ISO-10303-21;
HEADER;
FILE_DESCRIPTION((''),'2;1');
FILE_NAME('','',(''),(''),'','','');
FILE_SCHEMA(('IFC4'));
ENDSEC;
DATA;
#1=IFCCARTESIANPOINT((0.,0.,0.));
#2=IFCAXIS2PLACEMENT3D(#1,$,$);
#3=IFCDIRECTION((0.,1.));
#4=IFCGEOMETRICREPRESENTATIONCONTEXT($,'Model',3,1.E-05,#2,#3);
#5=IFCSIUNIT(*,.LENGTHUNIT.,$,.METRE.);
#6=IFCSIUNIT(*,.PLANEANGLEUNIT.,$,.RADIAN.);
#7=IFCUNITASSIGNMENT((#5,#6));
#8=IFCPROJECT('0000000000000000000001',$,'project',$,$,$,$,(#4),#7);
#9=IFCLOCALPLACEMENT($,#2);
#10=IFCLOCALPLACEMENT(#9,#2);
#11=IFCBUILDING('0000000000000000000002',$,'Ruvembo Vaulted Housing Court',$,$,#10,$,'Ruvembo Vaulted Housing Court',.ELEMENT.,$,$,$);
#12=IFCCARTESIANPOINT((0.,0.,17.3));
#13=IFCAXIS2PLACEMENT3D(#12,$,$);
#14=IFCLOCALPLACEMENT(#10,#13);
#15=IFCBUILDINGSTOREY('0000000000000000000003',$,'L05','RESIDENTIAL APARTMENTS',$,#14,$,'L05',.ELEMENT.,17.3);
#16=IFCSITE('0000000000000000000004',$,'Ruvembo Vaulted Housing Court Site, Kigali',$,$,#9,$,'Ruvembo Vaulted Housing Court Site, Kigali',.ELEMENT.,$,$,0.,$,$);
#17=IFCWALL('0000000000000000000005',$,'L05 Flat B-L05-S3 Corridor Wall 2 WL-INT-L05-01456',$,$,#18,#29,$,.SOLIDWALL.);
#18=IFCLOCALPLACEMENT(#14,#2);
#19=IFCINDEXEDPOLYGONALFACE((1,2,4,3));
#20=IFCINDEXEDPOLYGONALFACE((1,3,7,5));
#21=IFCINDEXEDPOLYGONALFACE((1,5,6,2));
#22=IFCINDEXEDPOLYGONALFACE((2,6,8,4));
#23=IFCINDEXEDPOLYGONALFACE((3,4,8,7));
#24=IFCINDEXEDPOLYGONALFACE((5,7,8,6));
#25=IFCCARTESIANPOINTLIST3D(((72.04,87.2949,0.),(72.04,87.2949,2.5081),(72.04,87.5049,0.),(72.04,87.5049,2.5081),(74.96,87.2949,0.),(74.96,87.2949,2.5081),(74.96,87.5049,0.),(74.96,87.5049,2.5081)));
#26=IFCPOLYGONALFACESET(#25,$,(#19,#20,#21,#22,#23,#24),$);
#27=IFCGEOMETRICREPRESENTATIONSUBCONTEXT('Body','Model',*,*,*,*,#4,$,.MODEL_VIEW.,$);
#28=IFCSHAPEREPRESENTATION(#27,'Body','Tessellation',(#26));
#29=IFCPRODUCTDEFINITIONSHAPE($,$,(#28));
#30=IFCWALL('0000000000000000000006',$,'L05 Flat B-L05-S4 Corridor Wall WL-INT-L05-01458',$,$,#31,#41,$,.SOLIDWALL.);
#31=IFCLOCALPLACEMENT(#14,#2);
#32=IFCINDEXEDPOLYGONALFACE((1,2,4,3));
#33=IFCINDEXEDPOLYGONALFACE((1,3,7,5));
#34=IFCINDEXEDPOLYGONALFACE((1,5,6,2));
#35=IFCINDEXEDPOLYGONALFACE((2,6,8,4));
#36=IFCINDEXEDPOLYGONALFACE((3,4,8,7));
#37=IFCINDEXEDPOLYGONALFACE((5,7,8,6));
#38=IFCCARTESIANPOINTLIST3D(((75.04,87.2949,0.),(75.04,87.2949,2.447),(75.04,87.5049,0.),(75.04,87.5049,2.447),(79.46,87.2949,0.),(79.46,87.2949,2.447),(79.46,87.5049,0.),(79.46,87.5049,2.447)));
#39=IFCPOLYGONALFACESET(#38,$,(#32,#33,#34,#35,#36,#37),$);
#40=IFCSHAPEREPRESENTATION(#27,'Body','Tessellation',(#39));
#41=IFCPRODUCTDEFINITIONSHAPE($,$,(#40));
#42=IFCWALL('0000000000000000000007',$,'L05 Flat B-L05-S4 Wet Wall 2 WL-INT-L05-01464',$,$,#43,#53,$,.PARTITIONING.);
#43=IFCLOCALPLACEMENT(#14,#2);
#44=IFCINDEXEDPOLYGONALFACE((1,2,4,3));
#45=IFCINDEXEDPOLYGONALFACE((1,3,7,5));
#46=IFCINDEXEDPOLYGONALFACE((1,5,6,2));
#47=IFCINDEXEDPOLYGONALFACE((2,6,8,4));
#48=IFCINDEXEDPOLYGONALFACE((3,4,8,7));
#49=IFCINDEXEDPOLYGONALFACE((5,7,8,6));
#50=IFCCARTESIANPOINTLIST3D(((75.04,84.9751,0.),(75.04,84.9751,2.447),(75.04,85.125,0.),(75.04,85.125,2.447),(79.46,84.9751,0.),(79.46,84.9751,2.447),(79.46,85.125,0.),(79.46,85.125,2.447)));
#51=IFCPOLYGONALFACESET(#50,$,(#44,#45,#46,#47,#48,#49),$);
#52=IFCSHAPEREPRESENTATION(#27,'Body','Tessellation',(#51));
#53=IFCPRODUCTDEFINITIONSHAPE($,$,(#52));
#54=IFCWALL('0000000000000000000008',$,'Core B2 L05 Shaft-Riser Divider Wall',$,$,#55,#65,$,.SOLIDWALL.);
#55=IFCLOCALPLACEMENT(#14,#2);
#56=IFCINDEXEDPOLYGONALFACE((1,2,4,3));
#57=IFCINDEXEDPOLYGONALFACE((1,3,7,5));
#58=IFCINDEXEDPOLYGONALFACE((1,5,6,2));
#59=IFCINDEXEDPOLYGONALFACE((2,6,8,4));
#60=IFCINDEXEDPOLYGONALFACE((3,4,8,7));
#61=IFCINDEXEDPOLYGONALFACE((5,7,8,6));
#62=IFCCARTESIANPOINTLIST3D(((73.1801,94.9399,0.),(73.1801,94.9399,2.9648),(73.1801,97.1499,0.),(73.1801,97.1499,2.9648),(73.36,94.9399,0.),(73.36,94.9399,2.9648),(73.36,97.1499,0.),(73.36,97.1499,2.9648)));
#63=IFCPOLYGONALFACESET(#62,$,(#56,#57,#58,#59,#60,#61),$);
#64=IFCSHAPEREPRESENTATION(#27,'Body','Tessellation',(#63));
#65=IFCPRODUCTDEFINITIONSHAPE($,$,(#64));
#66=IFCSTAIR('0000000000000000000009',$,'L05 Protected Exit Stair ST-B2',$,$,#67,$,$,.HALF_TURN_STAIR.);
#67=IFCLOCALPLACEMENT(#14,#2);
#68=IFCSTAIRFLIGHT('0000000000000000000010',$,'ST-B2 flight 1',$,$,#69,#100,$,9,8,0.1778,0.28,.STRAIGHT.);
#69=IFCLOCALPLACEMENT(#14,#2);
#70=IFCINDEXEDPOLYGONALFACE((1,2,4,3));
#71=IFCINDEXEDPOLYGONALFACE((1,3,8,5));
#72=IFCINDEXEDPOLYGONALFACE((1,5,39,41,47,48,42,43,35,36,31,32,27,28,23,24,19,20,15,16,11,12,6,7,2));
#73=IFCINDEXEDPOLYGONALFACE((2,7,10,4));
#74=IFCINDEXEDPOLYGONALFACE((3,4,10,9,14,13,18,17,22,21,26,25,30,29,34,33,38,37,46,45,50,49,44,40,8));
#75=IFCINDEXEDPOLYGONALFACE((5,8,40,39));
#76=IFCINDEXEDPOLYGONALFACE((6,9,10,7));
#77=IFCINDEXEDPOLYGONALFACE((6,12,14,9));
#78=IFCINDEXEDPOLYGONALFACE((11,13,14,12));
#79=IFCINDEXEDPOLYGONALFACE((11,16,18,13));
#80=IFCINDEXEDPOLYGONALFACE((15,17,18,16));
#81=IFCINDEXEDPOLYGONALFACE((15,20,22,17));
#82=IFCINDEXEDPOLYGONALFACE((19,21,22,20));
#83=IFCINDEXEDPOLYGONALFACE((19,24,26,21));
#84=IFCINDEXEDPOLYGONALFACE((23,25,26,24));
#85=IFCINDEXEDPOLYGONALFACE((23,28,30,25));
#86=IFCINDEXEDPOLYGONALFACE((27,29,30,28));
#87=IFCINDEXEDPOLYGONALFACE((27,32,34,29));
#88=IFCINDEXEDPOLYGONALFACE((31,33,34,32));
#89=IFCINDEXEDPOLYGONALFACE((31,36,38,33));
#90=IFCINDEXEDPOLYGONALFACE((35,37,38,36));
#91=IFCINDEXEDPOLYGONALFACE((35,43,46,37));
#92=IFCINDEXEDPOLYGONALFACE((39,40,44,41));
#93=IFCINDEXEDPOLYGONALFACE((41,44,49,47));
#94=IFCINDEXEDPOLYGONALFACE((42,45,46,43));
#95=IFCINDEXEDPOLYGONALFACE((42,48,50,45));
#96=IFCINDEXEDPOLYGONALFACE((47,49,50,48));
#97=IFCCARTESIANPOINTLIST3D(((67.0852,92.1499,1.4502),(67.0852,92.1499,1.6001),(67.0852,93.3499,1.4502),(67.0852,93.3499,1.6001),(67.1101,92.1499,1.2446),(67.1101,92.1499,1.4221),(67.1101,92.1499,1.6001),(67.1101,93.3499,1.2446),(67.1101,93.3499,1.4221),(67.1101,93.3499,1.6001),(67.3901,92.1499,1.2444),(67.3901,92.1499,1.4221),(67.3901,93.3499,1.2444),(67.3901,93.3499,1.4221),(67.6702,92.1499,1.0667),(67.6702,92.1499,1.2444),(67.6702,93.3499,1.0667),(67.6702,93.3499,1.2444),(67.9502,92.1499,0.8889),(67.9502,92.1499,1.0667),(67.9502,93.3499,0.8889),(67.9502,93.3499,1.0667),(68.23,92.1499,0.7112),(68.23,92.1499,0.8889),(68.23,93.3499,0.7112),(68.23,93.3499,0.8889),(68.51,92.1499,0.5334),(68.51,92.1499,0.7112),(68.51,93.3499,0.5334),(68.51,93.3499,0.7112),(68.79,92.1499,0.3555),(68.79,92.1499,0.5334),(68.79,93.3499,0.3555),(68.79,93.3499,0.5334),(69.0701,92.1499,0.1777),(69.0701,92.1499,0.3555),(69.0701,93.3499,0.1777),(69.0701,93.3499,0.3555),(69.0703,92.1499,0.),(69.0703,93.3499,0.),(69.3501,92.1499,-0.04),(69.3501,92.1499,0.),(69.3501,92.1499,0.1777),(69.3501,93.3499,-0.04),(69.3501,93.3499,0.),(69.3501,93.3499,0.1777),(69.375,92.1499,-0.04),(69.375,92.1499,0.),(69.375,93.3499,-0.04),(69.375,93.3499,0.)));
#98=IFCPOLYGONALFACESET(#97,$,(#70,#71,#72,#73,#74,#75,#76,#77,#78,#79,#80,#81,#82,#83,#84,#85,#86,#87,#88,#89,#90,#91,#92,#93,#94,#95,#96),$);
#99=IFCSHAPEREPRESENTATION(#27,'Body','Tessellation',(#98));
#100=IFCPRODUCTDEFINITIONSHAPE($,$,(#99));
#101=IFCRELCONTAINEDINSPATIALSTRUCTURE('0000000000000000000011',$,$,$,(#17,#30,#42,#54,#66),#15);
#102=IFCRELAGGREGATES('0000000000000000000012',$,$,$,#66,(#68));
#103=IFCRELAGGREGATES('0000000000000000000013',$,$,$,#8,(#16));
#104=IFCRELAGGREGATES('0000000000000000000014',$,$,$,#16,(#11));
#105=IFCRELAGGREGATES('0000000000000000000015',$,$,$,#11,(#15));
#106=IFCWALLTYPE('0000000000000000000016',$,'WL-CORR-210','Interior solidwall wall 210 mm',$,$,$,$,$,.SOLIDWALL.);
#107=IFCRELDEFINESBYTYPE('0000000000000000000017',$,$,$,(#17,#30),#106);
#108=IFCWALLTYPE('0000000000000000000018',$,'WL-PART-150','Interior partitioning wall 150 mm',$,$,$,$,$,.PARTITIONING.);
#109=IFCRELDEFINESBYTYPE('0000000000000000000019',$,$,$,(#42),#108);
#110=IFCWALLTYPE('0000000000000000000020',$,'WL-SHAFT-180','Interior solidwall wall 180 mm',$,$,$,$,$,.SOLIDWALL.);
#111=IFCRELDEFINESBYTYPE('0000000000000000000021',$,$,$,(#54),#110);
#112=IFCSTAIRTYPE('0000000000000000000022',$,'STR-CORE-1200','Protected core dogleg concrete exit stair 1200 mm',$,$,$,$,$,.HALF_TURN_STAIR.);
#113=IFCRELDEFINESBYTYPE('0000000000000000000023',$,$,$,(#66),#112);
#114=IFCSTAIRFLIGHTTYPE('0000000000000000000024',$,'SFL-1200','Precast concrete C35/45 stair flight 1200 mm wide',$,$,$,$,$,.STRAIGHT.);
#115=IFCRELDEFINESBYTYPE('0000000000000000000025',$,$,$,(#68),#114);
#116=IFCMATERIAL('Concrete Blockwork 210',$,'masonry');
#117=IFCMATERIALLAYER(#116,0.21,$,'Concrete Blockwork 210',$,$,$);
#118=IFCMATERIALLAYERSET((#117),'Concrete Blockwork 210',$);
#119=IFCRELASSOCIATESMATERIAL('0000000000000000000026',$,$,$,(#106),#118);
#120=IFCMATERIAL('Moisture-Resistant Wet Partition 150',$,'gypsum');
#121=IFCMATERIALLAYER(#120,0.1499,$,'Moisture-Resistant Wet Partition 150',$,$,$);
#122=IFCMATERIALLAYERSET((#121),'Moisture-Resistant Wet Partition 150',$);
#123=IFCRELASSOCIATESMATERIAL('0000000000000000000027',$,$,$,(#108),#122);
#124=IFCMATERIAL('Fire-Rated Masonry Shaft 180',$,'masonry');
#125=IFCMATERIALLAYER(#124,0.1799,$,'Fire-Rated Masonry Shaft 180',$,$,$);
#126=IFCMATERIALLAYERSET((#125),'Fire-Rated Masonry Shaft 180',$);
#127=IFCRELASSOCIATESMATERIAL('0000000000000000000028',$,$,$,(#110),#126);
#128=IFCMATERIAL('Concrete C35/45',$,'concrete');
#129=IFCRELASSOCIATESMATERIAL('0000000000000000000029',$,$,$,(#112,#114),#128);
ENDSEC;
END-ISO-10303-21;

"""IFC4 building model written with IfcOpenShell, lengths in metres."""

from ifc_helpers import new_model, si_unit, direction, frame, frame_2d, origin, place, context, subcontext, project, spatial, polyline, rectangle, outline, extrude, material, layer, layer_set, type_object, element, aggregate, save


model = new_model("IFC4")

# Units and contexts
model_context = context("Model", 3, precision=1e-05, world=origin(), true_north=direction((0.0, 1.0)))
body_context = subcontext(model_context, "Body", "Model", "MODEL_VIEW")
ifc_project = project(units=[si_unit("LENGTHUNIT", "METRE"), si_unit("PLANEANGLEUNIT", "RADIAN")], contexts=[model_context])

# Site, building, storey
site_placement = place(None, origin())
site = spatial("IfcSite", under=ifc_project, at=site_placement, Name="Ruvembo Vaulted Housing Court Site, Kigali", LongName="Ruvembo Vaulted Housing Court Site, Kigali", CompositionType="ELEMENT", RefElevation=0.0)
building_placement = place(site_placement, origin())
building = spatial("IfcBuilding", under=site, at=building_placement, Name="Ruvembo Vaulted Housing Court", LongName="Ruvembo Vaulted Housing Court", CompositionType="ELEMENT")
storey_placement = place(building_placement, frame((0.0, 0.0, 17.3)))
storey = spatial("IfcBuildingStorey", under=building, at=storey_placement, Name="L05", Description="RESIDENTIAL APARTMENTS", LongName="L05", CompositionType="ELEMENT", Elevation=17.3)

# Shared definitions
ifc_material_1 = material(Name="Concrete C35/45", Category="concrete")

# Walls
ifc_material_2 = material(Name="Concrete Blockwork 210", Category="masonry")
ifc_layer_1 = layer(ifc_material_2, 0.21, Name="Concrete Blockwork 210")
ifc_layer_set_1 = layer_set([ifc_layer_1], Name="Concrete Blockwork 210")
wall_type_1 = type_object("IfcWallType", Name="WL-CORR-210", Description="Interior solidwall wall 210 mm", PredefinedType="SOLIDWALL", material=ifc_layer_set_1)
wall_1_placement = place(storey_placement, frame((72.04, 87.3999, 0.0), z_axis=(0.0, 0.0, 1.0), x_axis=(1.0, 0.0, 0.0)))
element("IfcWall", 1, at=wall_1_placement, inside=storey, type_object=wall_type_1, Name="L05 Flat B-L05-S3 Corridor Wall 2 WL-INT-L05-01456", PredefinedType="SOLIDWALL", context=body_context, shape_type="SweptSolid", body=[
    extrude(rectangle(XDim=2.9199, YDim=0.21, at=frame_2d((1.46, 0.0))), origin(), (0.0, 0.0, 1.0), 2.5081),
])
wall_2_placement = place(storey_placement, frame((75.04, 87.3999, 0.0), z_axis=(0.0, 0.0, 1.0), x_axis=(1.0, 0.0, 0.0)))
element("IfcWall", 2, at=wall_2_placement, inside=storey, type_object=wall_type_1, Name="L05 Flat B-L05-S4 Corridor Wall WL-INT-L05-01458", PredefinedType="SOLIDWALL", context=body_context, shape_type="SweptSolid", body=[
    extrude(rectangle(XDim=4.4199, YDim=0.21, at=frame_2d((2.21, 0.0))), origin(), (0.0, 0.0, 1.0), 2.447),
])
ifc_material_3 = material(Name="Moisture-Resistant Wet Partition 150", Category="gypsum")
ifc_layer_2 = layer(ifc_material_3, 0.1499, Name="Moisture-Resistant Wet Partition 150")
ifc_layer_set_2 = layer_set([ifc_layer_2], Name="Moisture-Resistant Wet Partition 150")
wall_type_2 = type_object("IfcWallType", Name="WL-PART-150", Description="Interior partitioning wall 150 mm", PredefinedType="PARTITIONING", material=ifc_layer_set_2)
wall_3_placement = place(storey_placement, frame((75.04, 85.05, 0.0), z_axis=(0.0, 0.0, 1.0), x_axis=(1.0, 0.0, 0.0)))
element("IfcWall", 3, at=wall_3_placement, inside=storey, type_object=wall_type_2, Name="L05 Flat B-L05-S4 Wet Wall 2 WL-INT-L05-01464", PredefinedType="PARTITIONING", context=body_context, shape_type="SweptSolid", body=[
    extrude(rectangle(XDim=4.4199, YDim=0.1499, at=frame_2d((2.21, 0.0))), origin(), (0.0, 0.0, 1.0), 2.447),
])

# Shared definitions
ifc_material_4 = material(Name="Fire-Rated Masonry Shaft 180", Category="masonry")
ifc_layer_3 = layer(ifc_material_4, 0.1799, Name="Fire-Rated Masonry Shaft 180")
ifc_layer_set_3 = layer_set([ifc_layer_3], Name="Fire-Rated Masonry Shaft 180")
wall_type_3 = type_object("IfcWallType", Name="WL-SHAFT-180", Description="Interior solidwall wall 180 mm", PredefinedType="SOLIDWALL", material=ifc_layer_set_3)

# Wall
wall_4_placement = place(storey_placement, frame((73.27, 94.9399, 0.0), z_axis=(0.0, 0.0, 1.0), x_axis=(0.0, 1.0, 0.0)))
element("IfcWall", 4, at=wall_4_placement, inside=storey, type_object=wall_type_3, Name="Core B2 L05 Shaft-Riser Divider Wall", PredefinedType="SOLIDWALL", context=body_context, shape_type="SweptSolid", body=[
    extrude(rectangle(XDim=2.21, YDim=0.1799, at=frame_2d((1.105, 0.0))), origin(), (0.0, 0.0, 1.0), 2.9648),
])

# Stair, stair flight
stair_type = type_object("IfcStairType", Name="STR-CORE-1200", Description="Protected core dogleg concrete exit stair 1200 mm", PredefinedType="HALF_TURN_STAIR", material=ifc_material_1)
stair_placement = place(storey_placement, origin())
stair = element("IfcStair", 5, at=stair_placement, inside=storey, type_object=stair_type, Name="L05 Protected Exit Stair ST-B2", PredefinedType="HALF_TURN_STAIR")
stair_flight_type = type_object("IfcStairFlightType", Name="SFL-1200", Description="Precast concrete C35/45 stair flight 1200 mm wide", PredefinedType="STRAIGHT", material=ifc_material_1)
stair_flight_placement = place(storey_placement, frame((69.3501, 92.75, 0.0), z_axis=(0.0, 0.0, 1.0), x_axis=(-1.0, 0.0, 0.0)))
stair_flight = element("IfcStairFlight", 6, at=stair_flight_placement, type_object=stair_flight_type, Name="ST-B2 flight 1", NumberOfRisers=9, NumberOfTreads=8, PredefinedType="STRAIGHT", RiserHeight=0.1778, TreadLength=0.28, context=body_context, shape_type="SweptSolid", body=[
    extrude(outline(polyline([(-0.0249, -0.04), (-0.0249, 0.0), (0.0, 0.0), (0.0, 0.1777), (0.28, 0.1777), (0.28, 0.3555), (0.5601, 0.3555), (0.5601, 0.5334), (0.8401, 0.5334), (0.8401, 0.7112), (1.1201, 0.7112), (1.1201, 0.8889), (1.3999, 0.8889), (1.3999, 1.0667), (1.6799, 1.0667), (1.6799, 1.2444), (1.96, 1.2444), (1.96, 1.4221), (2.24, 1.4221), (2.24, 1.6001), (2.2649, 1.6001), (2.2649, 1.4502), (2.24, 1.2446), (0.2798, 0.0), (0.0, -0.04), (-0.0249, -0.04)])), frame((0.0, 0.6001, 0.0), z_axis=(0.0, -1.0, 0.0), x_axis=(1.0, 0.0, 0.0)), (0.0, 0.0, 1.0), 1.2),
])
aggregate(stair, [stair_flight])

save(model, "model.ifc")
